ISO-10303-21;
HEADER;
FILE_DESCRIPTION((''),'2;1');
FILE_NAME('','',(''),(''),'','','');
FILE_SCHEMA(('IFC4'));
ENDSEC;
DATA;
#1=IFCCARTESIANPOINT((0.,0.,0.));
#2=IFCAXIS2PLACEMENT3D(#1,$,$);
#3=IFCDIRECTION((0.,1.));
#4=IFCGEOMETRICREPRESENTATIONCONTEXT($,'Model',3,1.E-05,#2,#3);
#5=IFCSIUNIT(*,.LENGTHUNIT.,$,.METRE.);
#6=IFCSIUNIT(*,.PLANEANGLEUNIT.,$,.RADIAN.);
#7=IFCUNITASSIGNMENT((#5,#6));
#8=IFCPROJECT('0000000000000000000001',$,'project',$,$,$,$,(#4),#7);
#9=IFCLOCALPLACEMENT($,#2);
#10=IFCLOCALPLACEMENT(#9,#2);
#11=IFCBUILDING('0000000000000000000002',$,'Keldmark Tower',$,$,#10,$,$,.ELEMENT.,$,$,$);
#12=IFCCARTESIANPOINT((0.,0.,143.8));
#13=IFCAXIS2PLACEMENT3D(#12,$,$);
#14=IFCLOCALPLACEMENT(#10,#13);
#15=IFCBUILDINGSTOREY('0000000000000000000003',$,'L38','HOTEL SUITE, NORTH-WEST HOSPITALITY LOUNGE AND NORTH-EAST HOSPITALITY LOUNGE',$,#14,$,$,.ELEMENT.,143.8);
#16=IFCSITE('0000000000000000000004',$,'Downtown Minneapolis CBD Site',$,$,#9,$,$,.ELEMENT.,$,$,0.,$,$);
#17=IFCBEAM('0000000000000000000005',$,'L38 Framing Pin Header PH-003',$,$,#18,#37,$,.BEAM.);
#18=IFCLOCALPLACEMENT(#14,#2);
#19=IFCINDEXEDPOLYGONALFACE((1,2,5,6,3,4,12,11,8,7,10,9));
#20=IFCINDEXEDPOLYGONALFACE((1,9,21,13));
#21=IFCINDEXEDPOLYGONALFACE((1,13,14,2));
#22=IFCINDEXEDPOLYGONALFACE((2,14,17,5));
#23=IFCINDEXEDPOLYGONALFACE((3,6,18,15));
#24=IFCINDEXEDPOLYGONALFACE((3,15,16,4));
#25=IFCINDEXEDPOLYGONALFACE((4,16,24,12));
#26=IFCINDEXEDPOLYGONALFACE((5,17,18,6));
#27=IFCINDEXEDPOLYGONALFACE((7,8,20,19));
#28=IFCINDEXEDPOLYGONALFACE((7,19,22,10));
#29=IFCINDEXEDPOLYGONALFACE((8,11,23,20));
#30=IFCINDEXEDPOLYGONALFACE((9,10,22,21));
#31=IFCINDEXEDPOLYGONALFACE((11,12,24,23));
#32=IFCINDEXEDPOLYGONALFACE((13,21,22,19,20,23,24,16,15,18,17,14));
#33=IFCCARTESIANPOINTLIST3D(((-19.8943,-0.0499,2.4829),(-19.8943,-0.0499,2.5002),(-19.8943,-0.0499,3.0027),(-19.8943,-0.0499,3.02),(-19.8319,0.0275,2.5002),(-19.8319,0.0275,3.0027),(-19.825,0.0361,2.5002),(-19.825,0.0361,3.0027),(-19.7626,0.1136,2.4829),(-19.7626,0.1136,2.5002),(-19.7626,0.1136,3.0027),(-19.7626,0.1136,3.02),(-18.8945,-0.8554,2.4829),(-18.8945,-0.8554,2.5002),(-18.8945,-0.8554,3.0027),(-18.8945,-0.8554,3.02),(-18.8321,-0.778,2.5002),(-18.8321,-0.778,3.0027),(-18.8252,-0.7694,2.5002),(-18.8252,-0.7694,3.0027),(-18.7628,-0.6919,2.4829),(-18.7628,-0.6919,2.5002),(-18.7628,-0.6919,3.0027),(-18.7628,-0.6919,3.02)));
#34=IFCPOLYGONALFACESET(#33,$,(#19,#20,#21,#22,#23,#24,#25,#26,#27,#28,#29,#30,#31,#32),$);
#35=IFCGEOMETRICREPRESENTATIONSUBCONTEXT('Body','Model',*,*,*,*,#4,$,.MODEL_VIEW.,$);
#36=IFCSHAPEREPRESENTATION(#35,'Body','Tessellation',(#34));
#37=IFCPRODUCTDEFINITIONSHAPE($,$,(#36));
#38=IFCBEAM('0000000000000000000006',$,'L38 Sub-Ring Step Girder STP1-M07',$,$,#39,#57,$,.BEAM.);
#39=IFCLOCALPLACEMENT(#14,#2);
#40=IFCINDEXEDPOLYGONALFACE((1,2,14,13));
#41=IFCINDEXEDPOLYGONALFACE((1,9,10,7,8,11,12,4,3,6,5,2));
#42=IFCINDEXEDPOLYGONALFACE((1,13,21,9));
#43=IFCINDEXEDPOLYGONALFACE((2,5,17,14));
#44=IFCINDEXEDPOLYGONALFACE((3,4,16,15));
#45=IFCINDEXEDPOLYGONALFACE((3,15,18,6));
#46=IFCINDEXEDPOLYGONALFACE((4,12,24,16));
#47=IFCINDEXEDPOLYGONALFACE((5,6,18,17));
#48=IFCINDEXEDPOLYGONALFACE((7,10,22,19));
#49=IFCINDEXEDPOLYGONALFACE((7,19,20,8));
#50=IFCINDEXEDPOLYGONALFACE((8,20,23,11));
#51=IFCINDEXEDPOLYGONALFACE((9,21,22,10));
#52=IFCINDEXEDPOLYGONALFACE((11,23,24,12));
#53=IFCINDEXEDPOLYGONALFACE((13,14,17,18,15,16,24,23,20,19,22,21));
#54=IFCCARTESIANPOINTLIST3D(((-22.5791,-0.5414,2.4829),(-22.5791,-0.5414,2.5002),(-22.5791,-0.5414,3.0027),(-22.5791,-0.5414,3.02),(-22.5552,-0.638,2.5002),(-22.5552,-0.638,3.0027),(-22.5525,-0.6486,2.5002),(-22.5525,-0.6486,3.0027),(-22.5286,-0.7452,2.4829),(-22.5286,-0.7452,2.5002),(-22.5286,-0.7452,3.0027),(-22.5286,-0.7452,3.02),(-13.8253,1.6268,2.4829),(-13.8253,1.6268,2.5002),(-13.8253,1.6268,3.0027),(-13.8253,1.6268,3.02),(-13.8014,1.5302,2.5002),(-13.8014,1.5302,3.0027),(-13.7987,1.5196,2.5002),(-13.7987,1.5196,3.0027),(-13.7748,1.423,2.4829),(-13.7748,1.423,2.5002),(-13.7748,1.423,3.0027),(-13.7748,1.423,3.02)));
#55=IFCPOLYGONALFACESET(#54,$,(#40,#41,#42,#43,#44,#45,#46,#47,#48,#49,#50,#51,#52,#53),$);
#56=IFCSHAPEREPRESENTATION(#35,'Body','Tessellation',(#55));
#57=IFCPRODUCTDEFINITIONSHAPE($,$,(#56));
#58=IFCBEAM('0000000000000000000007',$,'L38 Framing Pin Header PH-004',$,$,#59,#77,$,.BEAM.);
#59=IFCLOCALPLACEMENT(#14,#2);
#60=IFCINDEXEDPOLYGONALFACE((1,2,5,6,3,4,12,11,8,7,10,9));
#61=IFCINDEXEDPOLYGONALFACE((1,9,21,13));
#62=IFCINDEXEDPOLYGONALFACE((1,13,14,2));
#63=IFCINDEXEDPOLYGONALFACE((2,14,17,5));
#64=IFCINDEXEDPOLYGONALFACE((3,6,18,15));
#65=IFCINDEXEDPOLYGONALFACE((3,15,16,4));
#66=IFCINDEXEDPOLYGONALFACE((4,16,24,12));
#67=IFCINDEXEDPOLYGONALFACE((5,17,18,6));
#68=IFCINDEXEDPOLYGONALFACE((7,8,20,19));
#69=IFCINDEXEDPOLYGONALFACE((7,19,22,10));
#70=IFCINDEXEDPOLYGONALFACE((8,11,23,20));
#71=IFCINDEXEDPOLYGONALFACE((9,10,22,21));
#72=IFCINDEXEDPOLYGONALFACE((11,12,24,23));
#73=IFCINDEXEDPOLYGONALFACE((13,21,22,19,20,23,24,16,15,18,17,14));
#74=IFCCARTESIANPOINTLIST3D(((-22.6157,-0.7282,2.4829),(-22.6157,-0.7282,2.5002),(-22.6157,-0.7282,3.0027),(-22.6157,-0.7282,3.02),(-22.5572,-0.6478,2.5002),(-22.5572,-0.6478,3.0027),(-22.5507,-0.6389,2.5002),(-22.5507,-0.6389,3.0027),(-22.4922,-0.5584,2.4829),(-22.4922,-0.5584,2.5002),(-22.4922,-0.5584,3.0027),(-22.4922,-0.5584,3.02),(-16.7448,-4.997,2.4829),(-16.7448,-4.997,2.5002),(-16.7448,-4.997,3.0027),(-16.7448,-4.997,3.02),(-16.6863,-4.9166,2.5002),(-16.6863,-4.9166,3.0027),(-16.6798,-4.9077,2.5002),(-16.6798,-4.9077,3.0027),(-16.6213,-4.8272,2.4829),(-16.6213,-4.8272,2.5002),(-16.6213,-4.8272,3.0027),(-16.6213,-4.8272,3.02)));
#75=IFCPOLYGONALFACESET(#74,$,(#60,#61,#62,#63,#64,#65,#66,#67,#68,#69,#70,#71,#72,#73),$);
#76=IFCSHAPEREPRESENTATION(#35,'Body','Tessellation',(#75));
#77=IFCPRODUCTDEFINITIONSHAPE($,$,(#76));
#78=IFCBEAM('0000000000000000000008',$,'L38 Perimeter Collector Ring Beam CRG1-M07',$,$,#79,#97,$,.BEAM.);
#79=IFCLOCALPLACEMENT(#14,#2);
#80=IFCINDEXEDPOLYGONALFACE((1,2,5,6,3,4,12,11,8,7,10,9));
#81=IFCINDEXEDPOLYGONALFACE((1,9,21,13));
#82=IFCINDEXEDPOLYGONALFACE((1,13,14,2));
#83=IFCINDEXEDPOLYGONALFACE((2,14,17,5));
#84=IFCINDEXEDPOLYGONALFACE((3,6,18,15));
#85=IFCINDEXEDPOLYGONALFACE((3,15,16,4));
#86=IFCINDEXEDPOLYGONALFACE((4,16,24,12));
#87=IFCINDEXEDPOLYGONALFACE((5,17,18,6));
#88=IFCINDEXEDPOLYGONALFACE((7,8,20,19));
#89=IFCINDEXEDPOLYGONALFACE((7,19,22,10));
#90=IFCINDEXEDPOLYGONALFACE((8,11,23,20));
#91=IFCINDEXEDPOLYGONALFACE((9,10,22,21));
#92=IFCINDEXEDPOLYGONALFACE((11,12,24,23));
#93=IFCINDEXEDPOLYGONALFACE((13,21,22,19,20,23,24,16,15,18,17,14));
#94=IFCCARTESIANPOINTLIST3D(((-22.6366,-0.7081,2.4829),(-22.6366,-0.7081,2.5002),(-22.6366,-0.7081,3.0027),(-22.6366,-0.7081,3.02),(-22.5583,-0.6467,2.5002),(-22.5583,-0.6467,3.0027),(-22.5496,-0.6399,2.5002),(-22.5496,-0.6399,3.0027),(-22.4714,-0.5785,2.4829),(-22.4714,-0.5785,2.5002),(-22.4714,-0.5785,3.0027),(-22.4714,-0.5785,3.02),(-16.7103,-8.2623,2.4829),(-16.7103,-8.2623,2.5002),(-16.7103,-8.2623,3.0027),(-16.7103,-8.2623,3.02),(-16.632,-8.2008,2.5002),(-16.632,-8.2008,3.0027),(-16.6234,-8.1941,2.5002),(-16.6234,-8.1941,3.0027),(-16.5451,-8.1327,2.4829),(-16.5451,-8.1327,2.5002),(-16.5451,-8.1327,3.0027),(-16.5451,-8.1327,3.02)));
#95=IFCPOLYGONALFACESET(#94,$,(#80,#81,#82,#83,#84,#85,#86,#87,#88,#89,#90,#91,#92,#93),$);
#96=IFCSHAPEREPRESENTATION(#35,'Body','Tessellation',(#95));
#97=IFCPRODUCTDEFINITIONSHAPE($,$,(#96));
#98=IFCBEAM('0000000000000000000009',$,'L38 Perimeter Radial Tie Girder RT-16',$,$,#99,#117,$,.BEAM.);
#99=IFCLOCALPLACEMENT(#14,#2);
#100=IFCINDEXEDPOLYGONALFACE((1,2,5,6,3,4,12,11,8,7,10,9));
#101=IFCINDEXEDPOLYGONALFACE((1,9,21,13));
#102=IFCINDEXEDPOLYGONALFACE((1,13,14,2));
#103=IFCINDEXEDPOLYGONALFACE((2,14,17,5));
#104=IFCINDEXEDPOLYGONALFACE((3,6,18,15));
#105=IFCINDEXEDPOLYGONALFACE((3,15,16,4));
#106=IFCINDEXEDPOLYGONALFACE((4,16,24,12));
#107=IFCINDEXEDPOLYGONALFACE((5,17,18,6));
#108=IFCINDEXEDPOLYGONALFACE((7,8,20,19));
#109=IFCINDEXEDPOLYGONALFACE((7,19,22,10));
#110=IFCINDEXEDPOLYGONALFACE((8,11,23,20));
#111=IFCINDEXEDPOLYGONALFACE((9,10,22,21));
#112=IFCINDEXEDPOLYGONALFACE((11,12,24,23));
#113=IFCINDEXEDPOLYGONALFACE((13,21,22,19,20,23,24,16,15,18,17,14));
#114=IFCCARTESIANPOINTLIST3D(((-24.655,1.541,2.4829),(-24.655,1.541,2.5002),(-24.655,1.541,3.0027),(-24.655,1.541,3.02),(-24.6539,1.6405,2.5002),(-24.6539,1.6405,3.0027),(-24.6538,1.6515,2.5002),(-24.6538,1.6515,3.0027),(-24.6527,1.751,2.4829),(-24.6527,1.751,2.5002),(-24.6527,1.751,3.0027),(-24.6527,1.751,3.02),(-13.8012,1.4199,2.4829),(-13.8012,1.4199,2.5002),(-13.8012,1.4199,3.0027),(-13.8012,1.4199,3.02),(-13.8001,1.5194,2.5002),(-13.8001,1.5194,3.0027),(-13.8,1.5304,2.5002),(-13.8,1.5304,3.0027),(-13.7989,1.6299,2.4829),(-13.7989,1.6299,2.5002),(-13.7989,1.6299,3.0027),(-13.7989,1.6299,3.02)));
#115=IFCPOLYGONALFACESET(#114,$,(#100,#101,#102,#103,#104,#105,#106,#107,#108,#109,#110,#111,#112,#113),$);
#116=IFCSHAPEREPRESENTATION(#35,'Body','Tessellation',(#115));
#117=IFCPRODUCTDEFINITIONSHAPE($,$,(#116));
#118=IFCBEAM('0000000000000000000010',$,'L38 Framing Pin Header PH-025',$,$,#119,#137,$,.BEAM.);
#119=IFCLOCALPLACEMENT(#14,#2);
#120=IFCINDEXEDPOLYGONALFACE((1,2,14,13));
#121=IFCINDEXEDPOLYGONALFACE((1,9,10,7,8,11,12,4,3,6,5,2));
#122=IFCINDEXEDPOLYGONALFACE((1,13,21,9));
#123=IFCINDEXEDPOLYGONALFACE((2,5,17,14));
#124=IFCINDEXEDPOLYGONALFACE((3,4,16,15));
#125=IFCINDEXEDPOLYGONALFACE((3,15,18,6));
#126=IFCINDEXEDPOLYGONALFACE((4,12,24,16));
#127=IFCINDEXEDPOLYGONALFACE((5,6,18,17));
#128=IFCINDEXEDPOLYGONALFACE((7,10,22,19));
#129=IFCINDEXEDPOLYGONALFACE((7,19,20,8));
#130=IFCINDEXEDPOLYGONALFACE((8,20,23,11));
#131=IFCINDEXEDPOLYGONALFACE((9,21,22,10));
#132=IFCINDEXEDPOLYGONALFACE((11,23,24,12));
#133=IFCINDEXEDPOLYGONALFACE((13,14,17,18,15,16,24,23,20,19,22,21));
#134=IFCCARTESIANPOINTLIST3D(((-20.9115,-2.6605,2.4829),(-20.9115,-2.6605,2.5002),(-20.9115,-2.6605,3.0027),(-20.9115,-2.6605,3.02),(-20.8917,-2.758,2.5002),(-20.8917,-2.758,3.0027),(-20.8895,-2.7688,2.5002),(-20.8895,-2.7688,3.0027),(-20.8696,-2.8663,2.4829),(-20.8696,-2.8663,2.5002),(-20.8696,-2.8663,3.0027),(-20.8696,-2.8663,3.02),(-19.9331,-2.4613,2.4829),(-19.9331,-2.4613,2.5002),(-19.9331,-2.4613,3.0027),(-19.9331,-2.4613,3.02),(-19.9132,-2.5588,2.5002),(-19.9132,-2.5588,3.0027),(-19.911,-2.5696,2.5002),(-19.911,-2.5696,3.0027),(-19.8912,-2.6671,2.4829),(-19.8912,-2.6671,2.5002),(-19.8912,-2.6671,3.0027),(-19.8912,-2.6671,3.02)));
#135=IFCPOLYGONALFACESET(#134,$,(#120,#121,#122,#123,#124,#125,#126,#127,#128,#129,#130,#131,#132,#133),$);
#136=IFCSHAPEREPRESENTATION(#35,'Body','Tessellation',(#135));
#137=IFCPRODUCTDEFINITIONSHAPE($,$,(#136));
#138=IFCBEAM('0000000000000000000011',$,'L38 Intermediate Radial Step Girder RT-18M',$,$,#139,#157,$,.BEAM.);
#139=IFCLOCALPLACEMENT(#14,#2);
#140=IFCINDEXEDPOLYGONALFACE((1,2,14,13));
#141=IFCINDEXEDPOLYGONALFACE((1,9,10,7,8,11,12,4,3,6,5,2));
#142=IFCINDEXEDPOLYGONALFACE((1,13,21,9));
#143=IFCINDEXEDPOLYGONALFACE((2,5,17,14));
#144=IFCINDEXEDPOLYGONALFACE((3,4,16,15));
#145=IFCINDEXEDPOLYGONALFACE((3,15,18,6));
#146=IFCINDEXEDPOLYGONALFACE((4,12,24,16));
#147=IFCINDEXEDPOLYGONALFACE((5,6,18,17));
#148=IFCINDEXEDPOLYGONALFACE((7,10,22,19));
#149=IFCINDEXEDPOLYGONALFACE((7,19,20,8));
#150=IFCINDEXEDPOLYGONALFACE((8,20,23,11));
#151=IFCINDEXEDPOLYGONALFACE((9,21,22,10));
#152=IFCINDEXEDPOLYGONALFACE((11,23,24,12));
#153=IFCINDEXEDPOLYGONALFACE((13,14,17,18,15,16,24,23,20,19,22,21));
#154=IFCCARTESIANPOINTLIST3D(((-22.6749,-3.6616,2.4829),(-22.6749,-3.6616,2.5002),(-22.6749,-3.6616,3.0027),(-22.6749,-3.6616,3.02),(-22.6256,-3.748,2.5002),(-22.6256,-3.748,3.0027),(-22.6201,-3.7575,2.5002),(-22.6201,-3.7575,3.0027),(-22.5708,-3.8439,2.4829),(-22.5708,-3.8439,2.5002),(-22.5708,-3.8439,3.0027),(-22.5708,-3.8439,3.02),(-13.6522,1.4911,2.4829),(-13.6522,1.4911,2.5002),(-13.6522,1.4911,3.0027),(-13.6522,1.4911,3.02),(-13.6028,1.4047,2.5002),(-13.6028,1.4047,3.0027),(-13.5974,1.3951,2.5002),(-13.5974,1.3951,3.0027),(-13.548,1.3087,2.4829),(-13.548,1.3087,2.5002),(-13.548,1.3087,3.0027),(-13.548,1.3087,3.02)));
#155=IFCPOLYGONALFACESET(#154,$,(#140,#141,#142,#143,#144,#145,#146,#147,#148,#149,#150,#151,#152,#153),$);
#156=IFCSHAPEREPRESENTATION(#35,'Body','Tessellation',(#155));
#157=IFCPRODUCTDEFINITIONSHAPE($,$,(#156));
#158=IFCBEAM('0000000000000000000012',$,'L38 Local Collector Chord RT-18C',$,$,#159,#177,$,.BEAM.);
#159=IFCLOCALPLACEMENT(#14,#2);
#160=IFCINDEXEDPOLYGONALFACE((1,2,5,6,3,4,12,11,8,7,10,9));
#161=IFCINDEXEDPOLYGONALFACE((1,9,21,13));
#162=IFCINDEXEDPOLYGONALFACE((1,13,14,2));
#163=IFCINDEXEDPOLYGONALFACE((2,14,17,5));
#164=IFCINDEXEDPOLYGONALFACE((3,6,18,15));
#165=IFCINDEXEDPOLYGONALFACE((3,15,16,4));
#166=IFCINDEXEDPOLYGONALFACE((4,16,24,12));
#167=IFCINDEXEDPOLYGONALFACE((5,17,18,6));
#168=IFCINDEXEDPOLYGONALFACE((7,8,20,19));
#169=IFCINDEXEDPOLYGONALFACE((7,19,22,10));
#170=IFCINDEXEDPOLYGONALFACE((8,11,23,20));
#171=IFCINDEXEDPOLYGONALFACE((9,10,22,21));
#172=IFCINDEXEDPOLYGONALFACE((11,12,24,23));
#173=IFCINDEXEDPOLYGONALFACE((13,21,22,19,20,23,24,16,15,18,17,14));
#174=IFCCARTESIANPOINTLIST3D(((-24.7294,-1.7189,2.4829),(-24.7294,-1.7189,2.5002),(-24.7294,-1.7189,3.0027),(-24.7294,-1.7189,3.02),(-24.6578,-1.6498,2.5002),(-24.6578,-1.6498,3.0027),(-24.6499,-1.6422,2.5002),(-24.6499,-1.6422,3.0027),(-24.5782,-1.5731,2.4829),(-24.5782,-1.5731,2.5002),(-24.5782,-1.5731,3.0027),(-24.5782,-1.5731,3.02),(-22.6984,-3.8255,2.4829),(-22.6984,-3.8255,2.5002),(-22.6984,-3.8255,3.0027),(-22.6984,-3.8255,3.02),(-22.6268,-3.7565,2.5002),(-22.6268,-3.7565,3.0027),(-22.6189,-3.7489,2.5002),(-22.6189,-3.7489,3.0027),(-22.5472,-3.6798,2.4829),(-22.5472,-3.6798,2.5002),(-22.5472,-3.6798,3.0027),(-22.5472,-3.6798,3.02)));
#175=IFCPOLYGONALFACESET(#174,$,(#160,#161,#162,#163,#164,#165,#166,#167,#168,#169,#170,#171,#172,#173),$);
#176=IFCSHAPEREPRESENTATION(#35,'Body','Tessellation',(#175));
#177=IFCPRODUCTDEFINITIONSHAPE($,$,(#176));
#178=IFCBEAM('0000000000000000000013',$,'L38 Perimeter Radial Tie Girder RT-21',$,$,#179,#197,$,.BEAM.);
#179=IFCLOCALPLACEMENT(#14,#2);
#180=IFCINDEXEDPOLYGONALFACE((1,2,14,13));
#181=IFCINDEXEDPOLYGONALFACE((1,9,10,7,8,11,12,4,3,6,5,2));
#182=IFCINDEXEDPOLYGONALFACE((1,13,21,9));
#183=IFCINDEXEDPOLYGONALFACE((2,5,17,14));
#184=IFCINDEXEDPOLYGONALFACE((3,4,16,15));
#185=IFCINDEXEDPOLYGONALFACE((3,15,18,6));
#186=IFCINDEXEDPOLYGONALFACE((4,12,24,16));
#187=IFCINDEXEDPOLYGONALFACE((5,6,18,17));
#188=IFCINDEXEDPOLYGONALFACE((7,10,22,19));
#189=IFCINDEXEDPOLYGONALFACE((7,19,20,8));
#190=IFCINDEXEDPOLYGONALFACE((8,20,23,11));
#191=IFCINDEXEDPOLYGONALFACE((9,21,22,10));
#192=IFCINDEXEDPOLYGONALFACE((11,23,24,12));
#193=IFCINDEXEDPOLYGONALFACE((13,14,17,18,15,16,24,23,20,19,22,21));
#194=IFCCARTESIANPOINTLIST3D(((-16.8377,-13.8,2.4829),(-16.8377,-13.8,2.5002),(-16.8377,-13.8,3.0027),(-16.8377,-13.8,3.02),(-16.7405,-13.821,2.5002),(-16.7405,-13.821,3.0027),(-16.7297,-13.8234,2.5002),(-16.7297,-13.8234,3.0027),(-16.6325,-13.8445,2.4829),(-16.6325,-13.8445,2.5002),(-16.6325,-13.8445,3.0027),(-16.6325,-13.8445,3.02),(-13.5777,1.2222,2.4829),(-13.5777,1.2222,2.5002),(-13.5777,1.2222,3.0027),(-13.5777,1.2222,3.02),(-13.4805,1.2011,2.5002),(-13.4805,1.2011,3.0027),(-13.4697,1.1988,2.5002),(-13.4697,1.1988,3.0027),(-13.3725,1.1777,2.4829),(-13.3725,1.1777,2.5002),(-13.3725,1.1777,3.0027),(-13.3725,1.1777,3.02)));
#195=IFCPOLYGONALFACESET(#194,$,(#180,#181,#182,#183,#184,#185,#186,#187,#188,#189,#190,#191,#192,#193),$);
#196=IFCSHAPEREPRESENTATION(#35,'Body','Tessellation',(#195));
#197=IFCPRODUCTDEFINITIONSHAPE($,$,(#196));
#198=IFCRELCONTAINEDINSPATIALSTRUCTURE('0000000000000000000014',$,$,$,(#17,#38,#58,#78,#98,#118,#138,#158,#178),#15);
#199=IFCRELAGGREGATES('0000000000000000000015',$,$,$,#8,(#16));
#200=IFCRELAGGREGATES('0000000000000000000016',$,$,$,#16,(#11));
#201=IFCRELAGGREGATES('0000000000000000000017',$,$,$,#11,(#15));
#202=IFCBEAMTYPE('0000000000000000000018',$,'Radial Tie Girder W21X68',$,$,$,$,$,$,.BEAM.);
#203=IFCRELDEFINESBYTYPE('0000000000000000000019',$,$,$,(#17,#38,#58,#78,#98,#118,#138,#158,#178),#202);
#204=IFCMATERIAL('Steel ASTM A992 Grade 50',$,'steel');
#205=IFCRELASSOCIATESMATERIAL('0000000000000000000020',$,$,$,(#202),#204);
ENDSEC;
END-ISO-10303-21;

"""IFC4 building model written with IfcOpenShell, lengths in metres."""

from ifc_helpers import new_model, si_unit, direction, frame, origin, origin_2d, place, context, subcontext, project, spatial, i_section, extrude, material, material_profile, profile_set, type_object, element, save


model = new_model("IFC4")

# Units and contexts
model_context = context("Model", 3, precision=1e-05, world=origin(), true_north=direction((0.0, 1.0)))
body_context = subcontext(model_context, "Body", "Model", "MODEL_VIEW")
ifc_project = project(units=[si_unit("LENGTHUNIT", "METRE"), si_unit("PLANEANGLEUNIT", "RADIAN")], contexts=[model_context])

# Site, building, storey
site_placement = place(None, origin())
site = spatial("IfcSite", under=ifc_project, at=site_placement, Name="Downtown Minneapolis CBD Site", CompositionType="ELEMENT", RefElevation=0.0)
building_placement = place(site_placement, origin())
building = spatial("IfcBuilding", under=site, at=building_placement, Name="Keldmark Tower", CompositionType="ELEMENT")
storey_placement = place(building_placement, frame((0.0, 0.0, 143.8)))
storey = spatial("IfcBuildingStorey", under=building, at=storey_placement, Name="L38", Description="HOTEL SUITE, NORTH-WEST HOSPITALITY LOUNGE AND NORTH-EAST HOSPITALITY LOUNGE", CompositionType="ELEMENT", Elevation=143.8)

# Beams
ifc_material_1 = material(Name="Steel ASTM A992 Grade 50", Category="steel")
ifc_material_profile_1 = material_profile(ifc_material_1, i_section(OverallWidth=0.21, OverallDepth=0.5371, WebThickness=0.011, FlangeThickness=0.0173, at=origin_2d()), Name="W21X68")
ifc_profile_set_1 = profile_set([ifc_material_profile_1], Name="Steel ASTM A992 Grade 50")
beam_type_1 = type_object("IfcBeamType", Name="Radial Tie Girder W21X68", PredefinedType="BEAM", material=ifc_profile_set_1)
beam_1_placement = place(storey_placement, frame((-18.8286, -0.7737, 2.7515), z_axis=(-0.778731, 0.627358, 0.0), x_axis=(-0.627358, -0.778731, 0.0)))
element("IfcBeam", 1, at=beam_1_placement, inside=storey, type_object=beam_type_1, Name="L38 Framing Pin Header PH-003", PredefinedType="BEAM", context=body_context, shape_type="SweptSolid", body=[
    extrude(i_section(OverallWidth=0.21, OverallDepth=0.5371, WebThickness=0.011, FlangeThickness=0.0173, at=origin_2d()), origin(), (0.0, 0.0, 1.0), 1.2839),
])
beam_2_placement = place(storey_placement, frame((-13.8, 1.5249, 2.7515), z_axis=(-0.970669, -0.24042, 0.0), x_axis=(0.24042, -0.970669, 0.0)))
element("IfcBeam", 2, at=beam_2_placement, inside=storey, type_object=beam_type_1, Name="L38 Sub-Ring Step Girder STP1-M07", PredefinedType="BEAM", context=body_context, shape_type="SweptSolid", body=[
    extrude(i_section(OverallWidth=0.21, OverallDepth=0.5371, WebThickness=0.011, FlangeThickness=0.0173, at=origin_2d()), origin(), (0.0, 0.0, 1.0), 9.0183),
])
beam_3_placement = place(storey_placement, frame((-22.554, -0.6433, 2.7515), z_axis=(0.808796, -0.58809, 0.0), x_axis=(0.58809, 0.808796, 0.0)))
element("IfcBeam", 3, at=beam_3_placement, inside=storey, type_object=beam_type_1, Name="L38 Framing Pin Header PH-004", PredefinedType="BEAM", context=body_context, shape_type="SweptSolid", body=[
    extrude(i_section(OverallWidth=0.21, OverallDepth=0.5371, WebThickness=0.011, FlangeThickness=0.0173, at=origin_2d()), origin(), (0.0, 0.0, 1.0), 7.2588),
])
beam_4_placement = place(storey_placement, frame((-22.554, -0.6433, 2.7515), z_axis=(0.617231, -0.786782, 0.0), x_axis=(0.786782, 0.617231, 0.0)))
element("IfcBeam", 4, at=beam_4_placement, inside=storey, type_object=beam_type_1, Name="L38 Perimeter Collector Ring Beam CRG1-M07", PredefinedType="BEAM", context=body_context, shape_type="SweptSolid", body=[
    extrude(i_section(OverallWidth=0.21, OverallDepth=0.5371, WebThickness=0.011, FlangeThickness=0.0173, at=origin_2d()), origin(), (0.0, 0.0, 1.0), 9.6013),
])
beam_5_placement = place(storey_placement, frame((-13.8, 1.5249, 2.7515), z_axis=(-0.999938, 0.011156, 0.0), x_axis=(-0.011156, -0.999938, 0.0)))
element("IfcBeam", 5, at=beam_5_placement, inside=storey, type_object=beam_type_1, Name="L38 Perimeter Radial Tie Girder RT-16", PredefinedType="BEAM", context=body_context, shape_type="SweptSolid", body=[
    extrude(i_section(OverallWidth=0.21, OverallDepth=0.5371, WebThickness=0.011, FlangeThickness=0.0173, at=origin_2d()), origin(), (0.0, 0.0, 1.0), 10.8545),
])
beam_6_placement = place(storey_placement, frame((-19.9121, -2.5642, 2.7515), z_axis=(-0.979898, -0.1995, 0.0), x_axis=(0.1995, -0.979898, 0.0)))
element("IfcBeam", 6, at=beam_6_placement, inside=storey, type_object=beam_type_1, Name="L38 Framing Pin Header PH-025", PredefinedType="BEAM", context=body_context, shape_type="SweptSolid", body=[
    extrude(i_section(OverallWidth=0.21, OverallDepth=0.5371, WebThickness=0.011, FlangeThickness=0.0173, at=origin_2d()), origin(), (0.0, 0.0, 1.0), 0.9985),
])
beam_7_placement = place(storey_placement, frame((-13.6001, 1.3999, 2.7515), z_axis=(-0.868378, -0.495904, 0.0), x_axis=(0.495904, -0.868378, 0.0)))
element("IfcBeam", 7, at=beam_7_placement, inside=storey, type_object=beam_type_1, Name="L38 Intermediate Radial Step Girder RT-18M", PredefinedType="BEAM", context=body_context, shape_type="SweptSolid", body=[
    extrude(i_section(OverallWidth=0.21, OverallDepth=0.5371, WebThickness=0.011, FlangeThickness=0.0173, at=origin_2d()), origin(), (0.0, 0.0, 1.0), 10.3904),
])
beam_8_placement = place(storey_placement, frame((-24.6538, -1.646, 2.7515), z_axis=(0.694057, -0.71992, 0.0), x_axis=(0.71992, 0.694057, 0.0)))
element("IfcBeam", 8, at=beam_8_placement, inside=storey, type_object=beam_type_1, Name="L38 Local Collector Chord RT-18C", PredefinedType="BEAM", context=body_context, shape_type="SweptSolid", body=[
    extrude(i_section(OverallWidth=0.21, OverallDepth=0.5371, WebThickness=0.011, FlangeThickness=0.0173, at=origin_2d()), origin(), (0.0, 0.0, 1.0), 2.9263),
])
beam_9_placement = place(storey_placement, frame((-13.4751, 1.2, 2.7515), z_axis=(-0.212076, -0.977253, 0.0), x_axis=(0.977253, -0.212076, 0.0)))
element("IfcBeam", 9, at=beam_9_placement, inside=storey, type_object=beam_type_1, Name="L38 Perimeter Radial Tie Girder RT-21", PredefinedType="BEAM", context=body_context, shape_type="SweptSolid", body=[
    extrude(i_section(OverallWidth=0.21, OverallDepth=0.5371, WebThickness=0.011, FlangeThickness=0.0173, at=origin_2d()), origin(), (0.0, 0.0, 1.0), 15.3718),
])

save(model, "model.ifc")
